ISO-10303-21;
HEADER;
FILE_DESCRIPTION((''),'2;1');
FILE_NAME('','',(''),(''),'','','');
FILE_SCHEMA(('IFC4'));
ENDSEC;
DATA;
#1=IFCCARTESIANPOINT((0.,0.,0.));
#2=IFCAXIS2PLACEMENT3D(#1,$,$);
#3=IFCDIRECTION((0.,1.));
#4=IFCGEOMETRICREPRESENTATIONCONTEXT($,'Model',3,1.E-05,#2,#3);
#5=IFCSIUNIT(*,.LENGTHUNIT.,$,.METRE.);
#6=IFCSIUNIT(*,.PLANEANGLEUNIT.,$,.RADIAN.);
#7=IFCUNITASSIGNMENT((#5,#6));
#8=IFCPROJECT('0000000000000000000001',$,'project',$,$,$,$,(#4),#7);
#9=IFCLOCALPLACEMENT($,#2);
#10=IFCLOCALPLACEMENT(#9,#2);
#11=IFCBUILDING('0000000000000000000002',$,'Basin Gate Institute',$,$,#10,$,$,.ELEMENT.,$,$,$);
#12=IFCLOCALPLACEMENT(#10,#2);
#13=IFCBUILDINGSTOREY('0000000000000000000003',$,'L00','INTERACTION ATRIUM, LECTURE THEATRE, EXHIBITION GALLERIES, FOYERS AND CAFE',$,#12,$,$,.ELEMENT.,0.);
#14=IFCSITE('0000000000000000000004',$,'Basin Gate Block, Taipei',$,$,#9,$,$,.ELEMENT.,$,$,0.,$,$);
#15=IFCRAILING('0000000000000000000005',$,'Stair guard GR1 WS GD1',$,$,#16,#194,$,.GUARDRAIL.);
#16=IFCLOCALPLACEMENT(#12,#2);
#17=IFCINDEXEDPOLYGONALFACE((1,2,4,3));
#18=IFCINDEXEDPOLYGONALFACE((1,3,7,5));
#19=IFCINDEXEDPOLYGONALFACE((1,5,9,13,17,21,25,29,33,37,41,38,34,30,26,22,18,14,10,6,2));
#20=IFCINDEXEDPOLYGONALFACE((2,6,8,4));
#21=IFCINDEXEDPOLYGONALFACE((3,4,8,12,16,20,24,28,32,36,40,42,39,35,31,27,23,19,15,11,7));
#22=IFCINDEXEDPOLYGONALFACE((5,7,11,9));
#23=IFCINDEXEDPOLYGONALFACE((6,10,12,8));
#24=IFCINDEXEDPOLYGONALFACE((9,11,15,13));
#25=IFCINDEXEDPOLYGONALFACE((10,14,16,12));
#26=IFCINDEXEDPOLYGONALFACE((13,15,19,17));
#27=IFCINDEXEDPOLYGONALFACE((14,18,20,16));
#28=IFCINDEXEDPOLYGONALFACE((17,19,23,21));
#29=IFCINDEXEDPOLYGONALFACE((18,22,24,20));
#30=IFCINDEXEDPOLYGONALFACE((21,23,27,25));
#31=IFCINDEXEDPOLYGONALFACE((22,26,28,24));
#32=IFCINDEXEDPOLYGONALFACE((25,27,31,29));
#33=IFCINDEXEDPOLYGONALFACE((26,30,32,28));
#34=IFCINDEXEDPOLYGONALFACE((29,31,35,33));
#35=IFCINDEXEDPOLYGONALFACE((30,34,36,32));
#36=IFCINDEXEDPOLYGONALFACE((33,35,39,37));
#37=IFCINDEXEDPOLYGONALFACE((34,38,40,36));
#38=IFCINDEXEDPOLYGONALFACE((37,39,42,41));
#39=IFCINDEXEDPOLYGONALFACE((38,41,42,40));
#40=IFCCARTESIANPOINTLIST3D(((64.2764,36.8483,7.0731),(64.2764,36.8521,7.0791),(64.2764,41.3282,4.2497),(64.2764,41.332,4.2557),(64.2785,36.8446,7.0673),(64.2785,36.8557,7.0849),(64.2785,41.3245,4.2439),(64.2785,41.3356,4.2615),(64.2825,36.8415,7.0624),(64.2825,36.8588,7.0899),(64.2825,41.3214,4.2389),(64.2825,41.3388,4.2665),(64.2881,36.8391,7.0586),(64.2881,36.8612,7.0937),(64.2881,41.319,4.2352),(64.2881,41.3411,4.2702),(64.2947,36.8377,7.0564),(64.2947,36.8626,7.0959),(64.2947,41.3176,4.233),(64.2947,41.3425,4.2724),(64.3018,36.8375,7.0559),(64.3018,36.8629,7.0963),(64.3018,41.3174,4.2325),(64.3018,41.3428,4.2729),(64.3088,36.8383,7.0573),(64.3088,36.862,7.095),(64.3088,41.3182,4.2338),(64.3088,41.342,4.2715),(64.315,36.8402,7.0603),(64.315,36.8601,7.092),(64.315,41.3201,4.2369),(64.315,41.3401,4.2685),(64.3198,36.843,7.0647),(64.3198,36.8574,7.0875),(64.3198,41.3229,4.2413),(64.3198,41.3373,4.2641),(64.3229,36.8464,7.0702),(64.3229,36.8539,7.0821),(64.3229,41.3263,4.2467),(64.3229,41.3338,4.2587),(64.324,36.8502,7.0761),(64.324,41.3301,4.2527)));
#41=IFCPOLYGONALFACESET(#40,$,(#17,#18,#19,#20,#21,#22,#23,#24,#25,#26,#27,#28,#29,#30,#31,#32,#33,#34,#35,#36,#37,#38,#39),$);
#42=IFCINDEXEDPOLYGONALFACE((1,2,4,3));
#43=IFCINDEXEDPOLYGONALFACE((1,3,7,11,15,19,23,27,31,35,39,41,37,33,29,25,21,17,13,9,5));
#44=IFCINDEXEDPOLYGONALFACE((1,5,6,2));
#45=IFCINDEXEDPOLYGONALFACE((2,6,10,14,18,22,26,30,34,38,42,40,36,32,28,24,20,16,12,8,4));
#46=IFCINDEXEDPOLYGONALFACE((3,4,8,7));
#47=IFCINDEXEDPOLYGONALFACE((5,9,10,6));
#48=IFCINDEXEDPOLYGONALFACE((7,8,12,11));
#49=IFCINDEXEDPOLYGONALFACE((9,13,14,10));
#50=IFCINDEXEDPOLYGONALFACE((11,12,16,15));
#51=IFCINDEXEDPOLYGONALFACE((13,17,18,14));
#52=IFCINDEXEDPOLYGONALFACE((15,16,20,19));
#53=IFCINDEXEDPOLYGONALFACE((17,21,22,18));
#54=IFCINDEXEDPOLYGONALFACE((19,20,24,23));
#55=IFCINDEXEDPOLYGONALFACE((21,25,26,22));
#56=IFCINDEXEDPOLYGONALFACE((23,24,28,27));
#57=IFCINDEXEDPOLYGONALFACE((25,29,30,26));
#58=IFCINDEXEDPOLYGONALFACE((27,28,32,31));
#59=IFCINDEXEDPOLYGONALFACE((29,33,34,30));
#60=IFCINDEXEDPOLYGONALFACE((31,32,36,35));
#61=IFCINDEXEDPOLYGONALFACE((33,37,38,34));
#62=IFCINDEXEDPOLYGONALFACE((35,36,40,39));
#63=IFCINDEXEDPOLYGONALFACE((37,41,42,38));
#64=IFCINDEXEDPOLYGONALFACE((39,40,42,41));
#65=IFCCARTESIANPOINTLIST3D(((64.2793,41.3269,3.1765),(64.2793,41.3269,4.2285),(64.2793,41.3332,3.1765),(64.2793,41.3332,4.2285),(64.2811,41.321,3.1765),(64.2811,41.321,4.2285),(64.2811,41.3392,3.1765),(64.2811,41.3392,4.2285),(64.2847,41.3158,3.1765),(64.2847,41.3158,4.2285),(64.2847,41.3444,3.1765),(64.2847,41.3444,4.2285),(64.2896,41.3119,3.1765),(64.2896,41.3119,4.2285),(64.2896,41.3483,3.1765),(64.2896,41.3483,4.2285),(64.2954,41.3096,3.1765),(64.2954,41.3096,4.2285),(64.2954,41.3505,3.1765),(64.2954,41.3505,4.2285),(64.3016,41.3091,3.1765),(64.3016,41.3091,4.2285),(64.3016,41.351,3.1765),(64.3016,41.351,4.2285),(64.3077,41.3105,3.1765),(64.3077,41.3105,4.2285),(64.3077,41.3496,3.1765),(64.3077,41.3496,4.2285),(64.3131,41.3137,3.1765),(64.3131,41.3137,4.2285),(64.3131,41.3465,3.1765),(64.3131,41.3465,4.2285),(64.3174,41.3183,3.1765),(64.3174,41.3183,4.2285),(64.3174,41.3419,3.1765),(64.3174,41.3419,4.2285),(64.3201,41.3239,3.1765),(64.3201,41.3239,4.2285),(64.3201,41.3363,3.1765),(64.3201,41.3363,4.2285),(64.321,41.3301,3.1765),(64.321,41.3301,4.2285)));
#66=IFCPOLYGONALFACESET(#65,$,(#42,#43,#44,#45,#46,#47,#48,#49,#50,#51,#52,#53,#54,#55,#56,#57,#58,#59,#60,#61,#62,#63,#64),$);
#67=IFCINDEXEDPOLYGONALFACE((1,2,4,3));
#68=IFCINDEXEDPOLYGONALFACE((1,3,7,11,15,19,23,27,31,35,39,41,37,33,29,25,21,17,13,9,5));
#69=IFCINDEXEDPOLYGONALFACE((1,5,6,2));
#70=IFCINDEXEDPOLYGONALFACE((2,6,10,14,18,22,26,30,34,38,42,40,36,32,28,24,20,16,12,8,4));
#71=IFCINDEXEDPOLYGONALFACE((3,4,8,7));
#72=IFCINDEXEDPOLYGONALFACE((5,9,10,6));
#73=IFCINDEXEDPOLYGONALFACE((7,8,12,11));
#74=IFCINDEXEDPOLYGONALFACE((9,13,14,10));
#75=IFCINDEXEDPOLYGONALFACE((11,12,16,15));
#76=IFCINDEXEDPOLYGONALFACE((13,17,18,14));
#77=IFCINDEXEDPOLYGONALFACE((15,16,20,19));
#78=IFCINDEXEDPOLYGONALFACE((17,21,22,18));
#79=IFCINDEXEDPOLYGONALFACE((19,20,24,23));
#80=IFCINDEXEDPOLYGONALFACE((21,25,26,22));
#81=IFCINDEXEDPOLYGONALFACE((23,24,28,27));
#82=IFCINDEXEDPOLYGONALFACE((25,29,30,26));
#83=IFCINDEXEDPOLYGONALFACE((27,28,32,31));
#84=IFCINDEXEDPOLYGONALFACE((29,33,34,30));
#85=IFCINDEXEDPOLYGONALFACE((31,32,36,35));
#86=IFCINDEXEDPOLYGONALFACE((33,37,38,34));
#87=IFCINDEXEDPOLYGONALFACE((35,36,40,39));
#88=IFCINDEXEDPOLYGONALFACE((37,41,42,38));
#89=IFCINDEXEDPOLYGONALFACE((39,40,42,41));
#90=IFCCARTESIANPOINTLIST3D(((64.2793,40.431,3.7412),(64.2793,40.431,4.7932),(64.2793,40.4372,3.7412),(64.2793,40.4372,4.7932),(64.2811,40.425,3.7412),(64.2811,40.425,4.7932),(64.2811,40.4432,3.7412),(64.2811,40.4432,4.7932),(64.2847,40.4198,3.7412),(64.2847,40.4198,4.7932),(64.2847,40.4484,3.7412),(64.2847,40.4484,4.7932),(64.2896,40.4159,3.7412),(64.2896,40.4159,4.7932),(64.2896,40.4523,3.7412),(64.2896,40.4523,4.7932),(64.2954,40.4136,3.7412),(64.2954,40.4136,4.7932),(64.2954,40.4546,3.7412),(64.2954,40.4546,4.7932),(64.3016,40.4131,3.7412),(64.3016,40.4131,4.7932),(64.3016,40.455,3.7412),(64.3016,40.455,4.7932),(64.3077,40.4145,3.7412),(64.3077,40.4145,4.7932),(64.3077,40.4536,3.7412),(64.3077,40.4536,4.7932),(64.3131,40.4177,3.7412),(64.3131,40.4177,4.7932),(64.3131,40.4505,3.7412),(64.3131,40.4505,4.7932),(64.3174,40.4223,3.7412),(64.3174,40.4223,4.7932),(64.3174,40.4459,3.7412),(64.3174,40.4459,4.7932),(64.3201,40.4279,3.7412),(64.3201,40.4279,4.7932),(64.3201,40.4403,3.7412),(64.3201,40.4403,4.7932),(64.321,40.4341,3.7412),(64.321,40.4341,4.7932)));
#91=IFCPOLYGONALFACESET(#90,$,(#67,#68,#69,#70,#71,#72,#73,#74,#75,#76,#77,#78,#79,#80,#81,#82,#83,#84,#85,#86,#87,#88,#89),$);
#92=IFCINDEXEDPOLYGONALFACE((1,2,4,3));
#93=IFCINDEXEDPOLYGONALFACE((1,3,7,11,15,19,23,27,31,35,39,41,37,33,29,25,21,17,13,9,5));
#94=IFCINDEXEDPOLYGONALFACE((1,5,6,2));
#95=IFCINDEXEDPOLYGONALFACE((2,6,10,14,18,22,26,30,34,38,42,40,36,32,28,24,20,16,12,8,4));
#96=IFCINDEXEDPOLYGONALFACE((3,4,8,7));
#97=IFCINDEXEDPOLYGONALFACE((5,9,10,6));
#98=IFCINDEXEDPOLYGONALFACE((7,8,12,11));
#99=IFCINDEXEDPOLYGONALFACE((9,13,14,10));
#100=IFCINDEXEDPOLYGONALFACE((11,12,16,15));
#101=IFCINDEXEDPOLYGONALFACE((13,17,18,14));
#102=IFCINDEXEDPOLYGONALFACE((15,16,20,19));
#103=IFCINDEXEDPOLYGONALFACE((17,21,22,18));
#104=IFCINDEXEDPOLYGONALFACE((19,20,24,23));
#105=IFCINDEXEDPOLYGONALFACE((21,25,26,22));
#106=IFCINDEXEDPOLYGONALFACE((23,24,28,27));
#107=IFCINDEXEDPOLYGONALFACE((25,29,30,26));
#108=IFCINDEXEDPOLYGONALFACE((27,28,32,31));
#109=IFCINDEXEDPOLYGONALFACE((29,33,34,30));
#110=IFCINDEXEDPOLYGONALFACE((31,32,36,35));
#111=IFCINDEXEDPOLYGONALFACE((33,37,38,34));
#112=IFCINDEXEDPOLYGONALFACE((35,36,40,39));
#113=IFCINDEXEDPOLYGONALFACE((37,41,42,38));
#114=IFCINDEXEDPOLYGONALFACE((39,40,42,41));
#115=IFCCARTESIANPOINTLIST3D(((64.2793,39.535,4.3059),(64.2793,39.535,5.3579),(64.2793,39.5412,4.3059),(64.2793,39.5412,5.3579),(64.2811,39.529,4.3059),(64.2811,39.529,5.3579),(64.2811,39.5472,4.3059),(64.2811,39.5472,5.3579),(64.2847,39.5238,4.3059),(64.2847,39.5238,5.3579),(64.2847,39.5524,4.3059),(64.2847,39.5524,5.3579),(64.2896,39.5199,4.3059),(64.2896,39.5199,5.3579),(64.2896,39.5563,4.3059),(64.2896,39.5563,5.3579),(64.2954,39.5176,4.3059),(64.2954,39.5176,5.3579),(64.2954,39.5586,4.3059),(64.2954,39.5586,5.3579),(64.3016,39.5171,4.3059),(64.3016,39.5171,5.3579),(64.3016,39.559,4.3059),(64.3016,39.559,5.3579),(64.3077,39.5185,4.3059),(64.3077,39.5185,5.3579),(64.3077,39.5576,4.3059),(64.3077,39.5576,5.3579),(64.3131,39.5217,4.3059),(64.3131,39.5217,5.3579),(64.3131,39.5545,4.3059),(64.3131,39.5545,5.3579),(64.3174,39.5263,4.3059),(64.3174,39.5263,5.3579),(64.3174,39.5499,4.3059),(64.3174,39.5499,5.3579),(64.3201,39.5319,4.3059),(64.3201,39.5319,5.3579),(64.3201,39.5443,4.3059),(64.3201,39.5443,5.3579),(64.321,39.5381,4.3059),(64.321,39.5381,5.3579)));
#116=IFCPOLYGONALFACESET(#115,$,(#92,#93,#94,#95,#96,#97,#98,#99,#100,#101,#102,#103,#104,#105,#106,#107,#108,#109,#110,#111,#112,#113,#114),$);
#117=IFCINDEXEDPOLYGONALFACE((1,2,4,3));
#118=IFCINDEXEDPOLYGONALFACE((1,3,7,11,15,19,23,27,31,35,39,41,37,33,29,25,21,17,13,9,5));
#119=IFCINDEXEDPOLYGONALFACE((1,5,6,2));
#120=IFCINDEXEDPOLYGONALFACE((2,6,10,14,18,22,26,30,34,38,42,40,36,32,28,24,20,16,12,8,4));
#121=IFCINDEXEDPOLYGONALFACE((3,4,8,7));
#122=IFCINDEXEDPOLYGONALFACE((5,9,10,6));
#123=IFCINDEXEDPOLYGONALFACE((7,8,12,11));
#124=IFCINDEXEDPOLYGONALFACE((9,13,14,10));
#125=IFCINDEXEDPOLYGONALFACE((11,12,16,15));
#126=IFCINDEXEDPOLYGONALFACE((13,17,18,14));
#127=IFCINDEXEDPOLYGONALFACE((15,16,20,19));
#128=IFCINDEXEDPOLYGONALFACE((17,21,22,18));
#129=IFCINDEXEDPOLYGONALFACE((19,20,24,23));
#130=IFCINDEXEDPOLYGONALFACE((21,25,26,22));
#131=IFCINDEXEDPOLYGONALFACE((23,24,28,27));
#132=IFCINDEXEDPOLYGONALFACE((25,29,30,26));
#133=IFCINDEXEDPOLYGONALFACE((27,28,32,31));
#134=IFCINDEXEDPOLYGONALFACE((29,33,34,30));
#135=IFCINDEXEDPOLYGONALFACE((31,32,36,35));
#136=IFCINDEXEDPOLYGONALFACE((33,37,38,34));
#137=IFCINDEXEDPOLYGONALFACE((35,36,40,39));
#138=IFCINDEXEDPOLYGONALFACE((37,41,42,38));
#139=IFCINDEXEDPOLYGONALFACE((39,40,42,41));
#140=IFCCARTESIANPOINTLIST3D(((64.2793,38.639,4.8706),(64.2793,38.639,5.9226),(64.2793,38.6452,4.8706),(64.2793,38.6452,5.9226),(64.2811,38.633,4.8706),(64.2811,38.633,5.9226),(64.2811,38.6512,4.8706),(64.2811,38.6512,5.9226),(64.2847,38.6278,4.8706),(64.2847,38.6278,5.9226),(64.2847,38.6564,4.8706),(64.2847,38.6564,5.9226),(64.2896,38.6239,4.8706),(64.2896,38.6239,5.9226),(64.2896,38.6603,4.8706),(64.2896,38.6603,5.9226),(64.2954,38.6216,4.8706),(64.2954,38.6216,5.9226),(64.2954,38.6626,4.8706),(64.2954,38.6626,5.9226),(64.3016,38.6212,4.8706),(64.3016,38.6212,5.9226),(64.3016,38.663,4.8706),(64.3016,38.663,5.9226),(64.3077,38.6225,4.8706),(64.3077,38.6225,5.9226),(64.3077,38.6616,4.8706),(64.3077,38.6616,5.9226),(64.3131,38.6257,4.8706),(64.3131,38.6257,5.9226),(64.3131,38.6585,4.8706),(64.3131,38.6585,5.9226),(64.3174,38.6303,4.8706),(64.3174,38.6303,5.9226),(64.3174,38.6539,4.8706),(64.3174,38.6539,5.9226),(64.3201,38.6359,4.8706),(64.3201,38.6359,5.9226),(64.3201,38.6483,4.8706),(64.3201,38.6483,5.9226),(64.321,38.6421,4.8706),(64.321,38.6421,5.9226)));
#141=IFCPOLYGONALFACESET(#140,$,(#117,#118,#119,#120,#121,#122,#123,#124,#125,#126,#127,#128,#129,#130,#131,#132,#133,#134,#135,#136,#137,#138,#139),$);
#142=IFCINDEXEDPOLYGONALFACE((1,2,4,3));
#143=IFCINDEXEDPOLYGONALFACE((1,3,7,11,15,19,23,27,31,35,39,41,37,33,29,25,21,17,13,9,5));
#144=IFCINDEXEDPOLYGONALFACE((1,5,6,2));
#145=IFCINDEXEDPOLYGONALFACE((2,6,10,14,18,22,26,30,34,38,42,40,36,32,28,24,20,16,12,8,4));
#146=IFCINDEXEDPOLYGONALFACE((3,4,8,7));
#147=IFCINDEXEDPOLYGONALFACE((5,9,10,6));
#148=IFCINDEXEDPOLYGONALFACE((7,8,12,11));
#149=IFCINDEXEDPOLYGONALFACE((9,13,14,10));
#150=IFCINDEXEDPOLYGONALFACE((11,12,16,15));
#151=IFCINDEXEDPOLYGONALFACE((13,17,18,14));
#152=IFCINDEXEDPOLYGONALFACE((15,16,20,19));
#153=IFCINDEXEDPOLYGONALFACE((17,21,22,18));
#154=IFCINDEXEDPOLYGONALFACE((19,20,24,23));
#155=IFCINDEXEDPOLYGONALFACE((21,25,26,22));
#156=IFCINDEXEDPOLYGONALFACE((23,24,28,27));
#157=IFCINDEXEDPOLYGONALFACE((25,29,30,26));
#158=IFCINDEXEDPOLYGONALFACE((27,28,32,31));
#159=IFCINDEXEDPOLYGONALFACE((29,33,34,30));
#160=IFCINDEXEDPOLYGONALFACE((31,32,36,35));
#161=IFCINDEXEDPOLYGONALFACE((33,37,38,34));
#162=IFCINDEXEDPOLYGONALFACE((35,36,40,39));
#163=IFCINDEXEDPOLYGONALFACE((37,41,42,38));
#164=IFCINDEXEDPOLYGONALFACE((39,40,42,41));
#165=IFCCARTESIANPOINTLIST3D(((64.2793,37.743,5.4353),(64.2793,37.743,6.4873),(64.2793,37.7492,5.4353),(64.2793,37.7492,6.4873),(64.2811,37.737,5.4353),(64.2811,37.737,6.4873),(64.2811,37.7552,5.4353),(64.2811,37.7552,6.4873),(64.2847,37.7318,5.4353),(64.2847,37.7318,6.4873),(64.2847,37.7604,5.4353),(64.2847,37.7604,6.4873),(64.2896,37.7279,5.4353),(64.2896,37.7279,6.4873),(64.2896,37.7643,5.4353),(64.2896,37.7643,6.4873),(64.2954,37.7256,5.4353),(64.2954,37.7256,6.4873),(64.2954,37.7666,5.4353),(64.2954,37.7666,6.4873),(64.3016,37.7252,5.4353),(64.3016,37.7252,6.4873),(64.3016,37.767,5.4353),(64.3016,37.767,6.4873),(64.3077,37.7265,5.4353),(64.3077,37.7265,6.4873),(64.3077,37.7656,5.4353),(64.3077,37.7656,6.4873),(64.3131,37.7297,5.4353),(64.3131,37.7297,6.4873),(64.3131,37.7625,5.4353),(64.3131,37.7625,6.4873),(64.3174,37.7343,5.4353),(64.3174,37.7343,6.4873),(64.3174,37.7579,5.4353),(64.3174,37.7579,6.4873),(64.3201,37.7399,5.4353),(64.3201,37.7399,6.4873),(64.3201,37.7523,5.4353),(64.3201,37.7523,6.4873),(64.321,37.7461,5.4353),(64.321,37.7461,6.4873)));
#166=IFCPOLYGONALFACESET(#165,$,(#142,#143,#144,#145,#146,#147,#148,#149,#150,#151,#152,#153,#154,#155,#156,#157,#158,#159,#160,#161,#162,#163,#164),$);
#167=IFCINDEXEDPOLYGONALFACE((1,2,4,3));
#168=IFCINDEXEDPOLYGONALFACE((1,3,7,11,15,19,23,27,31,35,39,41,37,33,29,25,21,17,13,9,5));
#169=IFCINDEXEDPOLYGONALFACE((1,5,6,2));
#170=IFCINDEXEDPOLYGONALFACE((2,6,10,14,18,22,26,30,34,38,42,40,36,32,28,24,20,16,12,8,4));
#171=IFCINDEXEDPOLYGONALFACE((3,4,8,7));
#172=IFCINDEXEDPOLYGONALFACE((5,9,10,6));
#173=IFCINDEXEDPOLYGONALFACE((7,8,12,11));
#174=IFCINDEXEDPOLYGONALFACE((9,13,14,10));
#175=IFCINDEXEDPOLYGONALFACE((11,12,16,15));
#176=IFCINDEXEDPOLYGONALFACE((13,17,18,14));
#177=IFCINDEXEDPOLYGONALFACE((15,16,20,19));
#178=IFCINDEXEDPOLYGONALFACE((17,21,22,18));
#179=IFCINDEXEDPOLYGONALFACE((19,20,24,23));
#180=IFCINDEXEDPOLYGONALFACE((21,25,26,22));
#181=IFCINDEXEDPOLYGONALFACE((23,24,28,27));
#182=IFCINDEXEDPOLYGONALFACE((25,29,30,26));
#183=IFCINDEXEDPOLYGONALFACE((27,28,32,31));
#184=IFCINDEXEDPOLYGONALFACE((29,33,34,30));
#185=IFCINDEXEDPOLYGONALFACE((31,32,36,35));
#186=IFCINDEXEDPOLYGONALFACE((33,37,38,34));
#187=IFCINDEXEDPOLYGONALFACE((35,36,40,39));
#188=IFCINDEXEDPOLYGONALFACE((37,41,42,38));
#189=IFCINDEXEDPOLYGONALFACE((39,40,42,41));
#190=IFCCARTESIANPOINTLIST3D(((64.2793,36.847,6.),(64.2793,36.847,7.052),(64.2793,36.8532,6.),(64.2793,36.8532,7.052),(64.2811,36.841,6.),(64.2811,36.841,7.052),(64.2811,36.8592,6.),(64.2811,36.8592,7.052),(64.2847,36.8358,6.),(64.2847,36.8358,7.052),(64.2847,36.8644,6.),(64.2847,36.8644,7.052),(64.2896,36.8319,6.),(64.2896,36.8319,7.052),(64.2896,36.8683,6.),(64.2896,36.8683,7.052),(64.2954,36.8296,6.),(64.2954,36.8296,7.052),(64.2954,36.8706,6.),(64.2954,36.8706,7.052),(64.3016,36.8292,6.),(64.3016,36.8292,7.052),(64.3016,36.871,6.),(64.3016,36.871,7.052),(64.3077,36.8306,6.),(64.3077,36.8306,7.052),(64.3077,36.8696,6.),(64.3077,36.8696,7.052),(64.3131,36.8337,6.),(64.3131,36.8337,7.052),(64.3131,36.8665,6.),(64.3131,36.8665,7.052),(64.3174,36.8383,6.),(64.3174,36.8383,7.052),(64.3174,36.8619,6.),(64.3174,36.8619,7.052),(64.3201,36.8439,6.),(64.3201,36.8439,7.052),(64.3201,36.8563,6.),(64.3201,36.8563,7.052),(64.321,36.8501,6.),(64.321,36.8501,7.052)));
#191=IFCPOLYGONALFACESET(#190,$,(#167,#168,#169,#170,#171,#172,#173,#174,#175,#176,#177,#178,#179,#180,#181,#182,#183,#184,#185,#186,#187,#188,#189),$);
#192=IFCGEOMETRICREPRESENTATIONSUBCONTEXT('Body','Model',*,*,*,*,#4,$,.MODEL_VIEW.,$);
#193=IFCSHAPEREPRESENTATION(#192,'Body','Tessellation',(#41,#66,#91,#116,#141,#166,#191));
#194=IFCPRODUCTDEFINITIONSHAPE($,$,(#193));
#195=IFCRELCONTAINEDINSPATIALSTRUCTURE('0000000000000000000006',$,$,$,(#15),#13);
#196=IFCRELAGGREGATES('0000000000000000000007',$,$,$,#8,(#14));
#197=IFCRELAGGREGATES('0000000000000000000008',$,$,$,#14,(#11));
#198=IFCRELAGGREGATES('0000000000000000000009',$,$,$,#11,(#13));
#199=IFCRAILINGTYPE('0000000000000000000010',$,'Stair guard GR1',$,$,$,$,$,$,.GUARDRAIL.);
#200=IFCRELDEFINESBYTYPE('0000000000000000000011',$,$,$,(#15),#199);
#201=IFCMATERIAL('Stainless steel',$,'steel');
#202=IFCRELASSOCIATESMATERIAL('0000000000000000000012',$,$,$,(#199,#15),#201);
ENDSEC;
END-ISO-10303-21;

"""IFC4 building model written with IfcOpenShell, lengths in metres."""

from ifc_helpers import new_model, si_unit, direction, frame, origin, origin_2d, place, context, subcontext, project, spatial, circle, extrude, material, type_object, element, save


model = new_model("IFC4")

# Units and contexts
model_context = context("Model", 3, precision=1e-05, world=origin(), true_north=direction((0.0, 1.0)))
body_context = subcontext(model_context, "Body", "Model", "MODEL_VIEW")
ifc_project = project(units=[si_unit("LENGTHUNIT", "METRE"), si_unit("PLANEANGLEUNIT", "RADIAN")], contexts=[model_context])

# Site, building, storey
site_placement = place(None, origin())
site = spatial("IfcSite", under=ifc_project, at=site_placement, Name="Basin Gate Block, Taipei", CompositionType="ELEMENT", RefElevation=0.0)
building_placement = place(site_placement, origin())
building = spatial("IfcBuilding", under=site, at=building_placement, Name="Basin Gate Institute", CompositionType="ELEMENT")
storey_placement = place(building_placement, origin())
storey = spatial("IfcBuildingStorey", under=building, at=storey_placement, Name="L00", Description="INTERACTION ATRIUM, LECTURE THEATRE, EXHIBITION GALLERIES, FOYERS AND CAFE", CompositionType="ELEMENT", Elevation=0.0)

# Railing
ifc_material_1 = material(Name="Stainless steel", Category="steel")
railing_type_1 = type_object("IfcRailingType", Name="Stair guard GR1", PredefinedType="GUARDRAIL", material=ifc_material_1)
railing_1_placement = place(storey_placement, frame((64.3, 41.3301, 3.1765)))
element("IfcRailing", 1, at=railing_1_placement, inside=storey, type_object=railing_type_1, material=ifc_material_1, Name="Stair guard GR1 WS GD1", PredefinedType="GUARDRAIL", context=body_context, shape_type="SweptSolid", body=[
    extrude(circle(Radius=0.0239, at=origin_2d()), frame((0.0, 0.0, 1.0762), z_axis=(0.0, -0.845998, 0.533186), x_axis=(1.0, 0.0, 0.0)), (0.0, 0.0, 1.0), 5.2954),
    extrude(circle(Radius=0.021, at=origin_2d()), origin(), (0.0, 0.0, 1.0), 1.052),
    extrude(circle(Radius=0.021, at=origin_2d()), frame((0.0, -0.896, 0.5647)), (0.0, 0.0, 1.0), 1.052),
    extrude(circle(Radius=0.021, at=origin_2d()), frame((0.0, -1.792, 1.1294)), (0.0, 0.0, 1.0), 1.052),
    extrude(circle(Radius=0.021, at=origin_2d()), frame((0.0, -2.688, 1.6941)), (0.0, 0.0, 1.0), 1.052),
    extrude(circle(Radius=0.021, at=origin_2d()), frame((0.0, -3.584, 2.2588)), (0.0, 0.0, 1.0), 1.052),
    extrude(circle(Radius=0.021, at=origin_2d()), frame((0.0, -4.48, 2.8235)), (0.0, 0.0, 1.0), 1.052),
])

save(model, "model.ifc")
